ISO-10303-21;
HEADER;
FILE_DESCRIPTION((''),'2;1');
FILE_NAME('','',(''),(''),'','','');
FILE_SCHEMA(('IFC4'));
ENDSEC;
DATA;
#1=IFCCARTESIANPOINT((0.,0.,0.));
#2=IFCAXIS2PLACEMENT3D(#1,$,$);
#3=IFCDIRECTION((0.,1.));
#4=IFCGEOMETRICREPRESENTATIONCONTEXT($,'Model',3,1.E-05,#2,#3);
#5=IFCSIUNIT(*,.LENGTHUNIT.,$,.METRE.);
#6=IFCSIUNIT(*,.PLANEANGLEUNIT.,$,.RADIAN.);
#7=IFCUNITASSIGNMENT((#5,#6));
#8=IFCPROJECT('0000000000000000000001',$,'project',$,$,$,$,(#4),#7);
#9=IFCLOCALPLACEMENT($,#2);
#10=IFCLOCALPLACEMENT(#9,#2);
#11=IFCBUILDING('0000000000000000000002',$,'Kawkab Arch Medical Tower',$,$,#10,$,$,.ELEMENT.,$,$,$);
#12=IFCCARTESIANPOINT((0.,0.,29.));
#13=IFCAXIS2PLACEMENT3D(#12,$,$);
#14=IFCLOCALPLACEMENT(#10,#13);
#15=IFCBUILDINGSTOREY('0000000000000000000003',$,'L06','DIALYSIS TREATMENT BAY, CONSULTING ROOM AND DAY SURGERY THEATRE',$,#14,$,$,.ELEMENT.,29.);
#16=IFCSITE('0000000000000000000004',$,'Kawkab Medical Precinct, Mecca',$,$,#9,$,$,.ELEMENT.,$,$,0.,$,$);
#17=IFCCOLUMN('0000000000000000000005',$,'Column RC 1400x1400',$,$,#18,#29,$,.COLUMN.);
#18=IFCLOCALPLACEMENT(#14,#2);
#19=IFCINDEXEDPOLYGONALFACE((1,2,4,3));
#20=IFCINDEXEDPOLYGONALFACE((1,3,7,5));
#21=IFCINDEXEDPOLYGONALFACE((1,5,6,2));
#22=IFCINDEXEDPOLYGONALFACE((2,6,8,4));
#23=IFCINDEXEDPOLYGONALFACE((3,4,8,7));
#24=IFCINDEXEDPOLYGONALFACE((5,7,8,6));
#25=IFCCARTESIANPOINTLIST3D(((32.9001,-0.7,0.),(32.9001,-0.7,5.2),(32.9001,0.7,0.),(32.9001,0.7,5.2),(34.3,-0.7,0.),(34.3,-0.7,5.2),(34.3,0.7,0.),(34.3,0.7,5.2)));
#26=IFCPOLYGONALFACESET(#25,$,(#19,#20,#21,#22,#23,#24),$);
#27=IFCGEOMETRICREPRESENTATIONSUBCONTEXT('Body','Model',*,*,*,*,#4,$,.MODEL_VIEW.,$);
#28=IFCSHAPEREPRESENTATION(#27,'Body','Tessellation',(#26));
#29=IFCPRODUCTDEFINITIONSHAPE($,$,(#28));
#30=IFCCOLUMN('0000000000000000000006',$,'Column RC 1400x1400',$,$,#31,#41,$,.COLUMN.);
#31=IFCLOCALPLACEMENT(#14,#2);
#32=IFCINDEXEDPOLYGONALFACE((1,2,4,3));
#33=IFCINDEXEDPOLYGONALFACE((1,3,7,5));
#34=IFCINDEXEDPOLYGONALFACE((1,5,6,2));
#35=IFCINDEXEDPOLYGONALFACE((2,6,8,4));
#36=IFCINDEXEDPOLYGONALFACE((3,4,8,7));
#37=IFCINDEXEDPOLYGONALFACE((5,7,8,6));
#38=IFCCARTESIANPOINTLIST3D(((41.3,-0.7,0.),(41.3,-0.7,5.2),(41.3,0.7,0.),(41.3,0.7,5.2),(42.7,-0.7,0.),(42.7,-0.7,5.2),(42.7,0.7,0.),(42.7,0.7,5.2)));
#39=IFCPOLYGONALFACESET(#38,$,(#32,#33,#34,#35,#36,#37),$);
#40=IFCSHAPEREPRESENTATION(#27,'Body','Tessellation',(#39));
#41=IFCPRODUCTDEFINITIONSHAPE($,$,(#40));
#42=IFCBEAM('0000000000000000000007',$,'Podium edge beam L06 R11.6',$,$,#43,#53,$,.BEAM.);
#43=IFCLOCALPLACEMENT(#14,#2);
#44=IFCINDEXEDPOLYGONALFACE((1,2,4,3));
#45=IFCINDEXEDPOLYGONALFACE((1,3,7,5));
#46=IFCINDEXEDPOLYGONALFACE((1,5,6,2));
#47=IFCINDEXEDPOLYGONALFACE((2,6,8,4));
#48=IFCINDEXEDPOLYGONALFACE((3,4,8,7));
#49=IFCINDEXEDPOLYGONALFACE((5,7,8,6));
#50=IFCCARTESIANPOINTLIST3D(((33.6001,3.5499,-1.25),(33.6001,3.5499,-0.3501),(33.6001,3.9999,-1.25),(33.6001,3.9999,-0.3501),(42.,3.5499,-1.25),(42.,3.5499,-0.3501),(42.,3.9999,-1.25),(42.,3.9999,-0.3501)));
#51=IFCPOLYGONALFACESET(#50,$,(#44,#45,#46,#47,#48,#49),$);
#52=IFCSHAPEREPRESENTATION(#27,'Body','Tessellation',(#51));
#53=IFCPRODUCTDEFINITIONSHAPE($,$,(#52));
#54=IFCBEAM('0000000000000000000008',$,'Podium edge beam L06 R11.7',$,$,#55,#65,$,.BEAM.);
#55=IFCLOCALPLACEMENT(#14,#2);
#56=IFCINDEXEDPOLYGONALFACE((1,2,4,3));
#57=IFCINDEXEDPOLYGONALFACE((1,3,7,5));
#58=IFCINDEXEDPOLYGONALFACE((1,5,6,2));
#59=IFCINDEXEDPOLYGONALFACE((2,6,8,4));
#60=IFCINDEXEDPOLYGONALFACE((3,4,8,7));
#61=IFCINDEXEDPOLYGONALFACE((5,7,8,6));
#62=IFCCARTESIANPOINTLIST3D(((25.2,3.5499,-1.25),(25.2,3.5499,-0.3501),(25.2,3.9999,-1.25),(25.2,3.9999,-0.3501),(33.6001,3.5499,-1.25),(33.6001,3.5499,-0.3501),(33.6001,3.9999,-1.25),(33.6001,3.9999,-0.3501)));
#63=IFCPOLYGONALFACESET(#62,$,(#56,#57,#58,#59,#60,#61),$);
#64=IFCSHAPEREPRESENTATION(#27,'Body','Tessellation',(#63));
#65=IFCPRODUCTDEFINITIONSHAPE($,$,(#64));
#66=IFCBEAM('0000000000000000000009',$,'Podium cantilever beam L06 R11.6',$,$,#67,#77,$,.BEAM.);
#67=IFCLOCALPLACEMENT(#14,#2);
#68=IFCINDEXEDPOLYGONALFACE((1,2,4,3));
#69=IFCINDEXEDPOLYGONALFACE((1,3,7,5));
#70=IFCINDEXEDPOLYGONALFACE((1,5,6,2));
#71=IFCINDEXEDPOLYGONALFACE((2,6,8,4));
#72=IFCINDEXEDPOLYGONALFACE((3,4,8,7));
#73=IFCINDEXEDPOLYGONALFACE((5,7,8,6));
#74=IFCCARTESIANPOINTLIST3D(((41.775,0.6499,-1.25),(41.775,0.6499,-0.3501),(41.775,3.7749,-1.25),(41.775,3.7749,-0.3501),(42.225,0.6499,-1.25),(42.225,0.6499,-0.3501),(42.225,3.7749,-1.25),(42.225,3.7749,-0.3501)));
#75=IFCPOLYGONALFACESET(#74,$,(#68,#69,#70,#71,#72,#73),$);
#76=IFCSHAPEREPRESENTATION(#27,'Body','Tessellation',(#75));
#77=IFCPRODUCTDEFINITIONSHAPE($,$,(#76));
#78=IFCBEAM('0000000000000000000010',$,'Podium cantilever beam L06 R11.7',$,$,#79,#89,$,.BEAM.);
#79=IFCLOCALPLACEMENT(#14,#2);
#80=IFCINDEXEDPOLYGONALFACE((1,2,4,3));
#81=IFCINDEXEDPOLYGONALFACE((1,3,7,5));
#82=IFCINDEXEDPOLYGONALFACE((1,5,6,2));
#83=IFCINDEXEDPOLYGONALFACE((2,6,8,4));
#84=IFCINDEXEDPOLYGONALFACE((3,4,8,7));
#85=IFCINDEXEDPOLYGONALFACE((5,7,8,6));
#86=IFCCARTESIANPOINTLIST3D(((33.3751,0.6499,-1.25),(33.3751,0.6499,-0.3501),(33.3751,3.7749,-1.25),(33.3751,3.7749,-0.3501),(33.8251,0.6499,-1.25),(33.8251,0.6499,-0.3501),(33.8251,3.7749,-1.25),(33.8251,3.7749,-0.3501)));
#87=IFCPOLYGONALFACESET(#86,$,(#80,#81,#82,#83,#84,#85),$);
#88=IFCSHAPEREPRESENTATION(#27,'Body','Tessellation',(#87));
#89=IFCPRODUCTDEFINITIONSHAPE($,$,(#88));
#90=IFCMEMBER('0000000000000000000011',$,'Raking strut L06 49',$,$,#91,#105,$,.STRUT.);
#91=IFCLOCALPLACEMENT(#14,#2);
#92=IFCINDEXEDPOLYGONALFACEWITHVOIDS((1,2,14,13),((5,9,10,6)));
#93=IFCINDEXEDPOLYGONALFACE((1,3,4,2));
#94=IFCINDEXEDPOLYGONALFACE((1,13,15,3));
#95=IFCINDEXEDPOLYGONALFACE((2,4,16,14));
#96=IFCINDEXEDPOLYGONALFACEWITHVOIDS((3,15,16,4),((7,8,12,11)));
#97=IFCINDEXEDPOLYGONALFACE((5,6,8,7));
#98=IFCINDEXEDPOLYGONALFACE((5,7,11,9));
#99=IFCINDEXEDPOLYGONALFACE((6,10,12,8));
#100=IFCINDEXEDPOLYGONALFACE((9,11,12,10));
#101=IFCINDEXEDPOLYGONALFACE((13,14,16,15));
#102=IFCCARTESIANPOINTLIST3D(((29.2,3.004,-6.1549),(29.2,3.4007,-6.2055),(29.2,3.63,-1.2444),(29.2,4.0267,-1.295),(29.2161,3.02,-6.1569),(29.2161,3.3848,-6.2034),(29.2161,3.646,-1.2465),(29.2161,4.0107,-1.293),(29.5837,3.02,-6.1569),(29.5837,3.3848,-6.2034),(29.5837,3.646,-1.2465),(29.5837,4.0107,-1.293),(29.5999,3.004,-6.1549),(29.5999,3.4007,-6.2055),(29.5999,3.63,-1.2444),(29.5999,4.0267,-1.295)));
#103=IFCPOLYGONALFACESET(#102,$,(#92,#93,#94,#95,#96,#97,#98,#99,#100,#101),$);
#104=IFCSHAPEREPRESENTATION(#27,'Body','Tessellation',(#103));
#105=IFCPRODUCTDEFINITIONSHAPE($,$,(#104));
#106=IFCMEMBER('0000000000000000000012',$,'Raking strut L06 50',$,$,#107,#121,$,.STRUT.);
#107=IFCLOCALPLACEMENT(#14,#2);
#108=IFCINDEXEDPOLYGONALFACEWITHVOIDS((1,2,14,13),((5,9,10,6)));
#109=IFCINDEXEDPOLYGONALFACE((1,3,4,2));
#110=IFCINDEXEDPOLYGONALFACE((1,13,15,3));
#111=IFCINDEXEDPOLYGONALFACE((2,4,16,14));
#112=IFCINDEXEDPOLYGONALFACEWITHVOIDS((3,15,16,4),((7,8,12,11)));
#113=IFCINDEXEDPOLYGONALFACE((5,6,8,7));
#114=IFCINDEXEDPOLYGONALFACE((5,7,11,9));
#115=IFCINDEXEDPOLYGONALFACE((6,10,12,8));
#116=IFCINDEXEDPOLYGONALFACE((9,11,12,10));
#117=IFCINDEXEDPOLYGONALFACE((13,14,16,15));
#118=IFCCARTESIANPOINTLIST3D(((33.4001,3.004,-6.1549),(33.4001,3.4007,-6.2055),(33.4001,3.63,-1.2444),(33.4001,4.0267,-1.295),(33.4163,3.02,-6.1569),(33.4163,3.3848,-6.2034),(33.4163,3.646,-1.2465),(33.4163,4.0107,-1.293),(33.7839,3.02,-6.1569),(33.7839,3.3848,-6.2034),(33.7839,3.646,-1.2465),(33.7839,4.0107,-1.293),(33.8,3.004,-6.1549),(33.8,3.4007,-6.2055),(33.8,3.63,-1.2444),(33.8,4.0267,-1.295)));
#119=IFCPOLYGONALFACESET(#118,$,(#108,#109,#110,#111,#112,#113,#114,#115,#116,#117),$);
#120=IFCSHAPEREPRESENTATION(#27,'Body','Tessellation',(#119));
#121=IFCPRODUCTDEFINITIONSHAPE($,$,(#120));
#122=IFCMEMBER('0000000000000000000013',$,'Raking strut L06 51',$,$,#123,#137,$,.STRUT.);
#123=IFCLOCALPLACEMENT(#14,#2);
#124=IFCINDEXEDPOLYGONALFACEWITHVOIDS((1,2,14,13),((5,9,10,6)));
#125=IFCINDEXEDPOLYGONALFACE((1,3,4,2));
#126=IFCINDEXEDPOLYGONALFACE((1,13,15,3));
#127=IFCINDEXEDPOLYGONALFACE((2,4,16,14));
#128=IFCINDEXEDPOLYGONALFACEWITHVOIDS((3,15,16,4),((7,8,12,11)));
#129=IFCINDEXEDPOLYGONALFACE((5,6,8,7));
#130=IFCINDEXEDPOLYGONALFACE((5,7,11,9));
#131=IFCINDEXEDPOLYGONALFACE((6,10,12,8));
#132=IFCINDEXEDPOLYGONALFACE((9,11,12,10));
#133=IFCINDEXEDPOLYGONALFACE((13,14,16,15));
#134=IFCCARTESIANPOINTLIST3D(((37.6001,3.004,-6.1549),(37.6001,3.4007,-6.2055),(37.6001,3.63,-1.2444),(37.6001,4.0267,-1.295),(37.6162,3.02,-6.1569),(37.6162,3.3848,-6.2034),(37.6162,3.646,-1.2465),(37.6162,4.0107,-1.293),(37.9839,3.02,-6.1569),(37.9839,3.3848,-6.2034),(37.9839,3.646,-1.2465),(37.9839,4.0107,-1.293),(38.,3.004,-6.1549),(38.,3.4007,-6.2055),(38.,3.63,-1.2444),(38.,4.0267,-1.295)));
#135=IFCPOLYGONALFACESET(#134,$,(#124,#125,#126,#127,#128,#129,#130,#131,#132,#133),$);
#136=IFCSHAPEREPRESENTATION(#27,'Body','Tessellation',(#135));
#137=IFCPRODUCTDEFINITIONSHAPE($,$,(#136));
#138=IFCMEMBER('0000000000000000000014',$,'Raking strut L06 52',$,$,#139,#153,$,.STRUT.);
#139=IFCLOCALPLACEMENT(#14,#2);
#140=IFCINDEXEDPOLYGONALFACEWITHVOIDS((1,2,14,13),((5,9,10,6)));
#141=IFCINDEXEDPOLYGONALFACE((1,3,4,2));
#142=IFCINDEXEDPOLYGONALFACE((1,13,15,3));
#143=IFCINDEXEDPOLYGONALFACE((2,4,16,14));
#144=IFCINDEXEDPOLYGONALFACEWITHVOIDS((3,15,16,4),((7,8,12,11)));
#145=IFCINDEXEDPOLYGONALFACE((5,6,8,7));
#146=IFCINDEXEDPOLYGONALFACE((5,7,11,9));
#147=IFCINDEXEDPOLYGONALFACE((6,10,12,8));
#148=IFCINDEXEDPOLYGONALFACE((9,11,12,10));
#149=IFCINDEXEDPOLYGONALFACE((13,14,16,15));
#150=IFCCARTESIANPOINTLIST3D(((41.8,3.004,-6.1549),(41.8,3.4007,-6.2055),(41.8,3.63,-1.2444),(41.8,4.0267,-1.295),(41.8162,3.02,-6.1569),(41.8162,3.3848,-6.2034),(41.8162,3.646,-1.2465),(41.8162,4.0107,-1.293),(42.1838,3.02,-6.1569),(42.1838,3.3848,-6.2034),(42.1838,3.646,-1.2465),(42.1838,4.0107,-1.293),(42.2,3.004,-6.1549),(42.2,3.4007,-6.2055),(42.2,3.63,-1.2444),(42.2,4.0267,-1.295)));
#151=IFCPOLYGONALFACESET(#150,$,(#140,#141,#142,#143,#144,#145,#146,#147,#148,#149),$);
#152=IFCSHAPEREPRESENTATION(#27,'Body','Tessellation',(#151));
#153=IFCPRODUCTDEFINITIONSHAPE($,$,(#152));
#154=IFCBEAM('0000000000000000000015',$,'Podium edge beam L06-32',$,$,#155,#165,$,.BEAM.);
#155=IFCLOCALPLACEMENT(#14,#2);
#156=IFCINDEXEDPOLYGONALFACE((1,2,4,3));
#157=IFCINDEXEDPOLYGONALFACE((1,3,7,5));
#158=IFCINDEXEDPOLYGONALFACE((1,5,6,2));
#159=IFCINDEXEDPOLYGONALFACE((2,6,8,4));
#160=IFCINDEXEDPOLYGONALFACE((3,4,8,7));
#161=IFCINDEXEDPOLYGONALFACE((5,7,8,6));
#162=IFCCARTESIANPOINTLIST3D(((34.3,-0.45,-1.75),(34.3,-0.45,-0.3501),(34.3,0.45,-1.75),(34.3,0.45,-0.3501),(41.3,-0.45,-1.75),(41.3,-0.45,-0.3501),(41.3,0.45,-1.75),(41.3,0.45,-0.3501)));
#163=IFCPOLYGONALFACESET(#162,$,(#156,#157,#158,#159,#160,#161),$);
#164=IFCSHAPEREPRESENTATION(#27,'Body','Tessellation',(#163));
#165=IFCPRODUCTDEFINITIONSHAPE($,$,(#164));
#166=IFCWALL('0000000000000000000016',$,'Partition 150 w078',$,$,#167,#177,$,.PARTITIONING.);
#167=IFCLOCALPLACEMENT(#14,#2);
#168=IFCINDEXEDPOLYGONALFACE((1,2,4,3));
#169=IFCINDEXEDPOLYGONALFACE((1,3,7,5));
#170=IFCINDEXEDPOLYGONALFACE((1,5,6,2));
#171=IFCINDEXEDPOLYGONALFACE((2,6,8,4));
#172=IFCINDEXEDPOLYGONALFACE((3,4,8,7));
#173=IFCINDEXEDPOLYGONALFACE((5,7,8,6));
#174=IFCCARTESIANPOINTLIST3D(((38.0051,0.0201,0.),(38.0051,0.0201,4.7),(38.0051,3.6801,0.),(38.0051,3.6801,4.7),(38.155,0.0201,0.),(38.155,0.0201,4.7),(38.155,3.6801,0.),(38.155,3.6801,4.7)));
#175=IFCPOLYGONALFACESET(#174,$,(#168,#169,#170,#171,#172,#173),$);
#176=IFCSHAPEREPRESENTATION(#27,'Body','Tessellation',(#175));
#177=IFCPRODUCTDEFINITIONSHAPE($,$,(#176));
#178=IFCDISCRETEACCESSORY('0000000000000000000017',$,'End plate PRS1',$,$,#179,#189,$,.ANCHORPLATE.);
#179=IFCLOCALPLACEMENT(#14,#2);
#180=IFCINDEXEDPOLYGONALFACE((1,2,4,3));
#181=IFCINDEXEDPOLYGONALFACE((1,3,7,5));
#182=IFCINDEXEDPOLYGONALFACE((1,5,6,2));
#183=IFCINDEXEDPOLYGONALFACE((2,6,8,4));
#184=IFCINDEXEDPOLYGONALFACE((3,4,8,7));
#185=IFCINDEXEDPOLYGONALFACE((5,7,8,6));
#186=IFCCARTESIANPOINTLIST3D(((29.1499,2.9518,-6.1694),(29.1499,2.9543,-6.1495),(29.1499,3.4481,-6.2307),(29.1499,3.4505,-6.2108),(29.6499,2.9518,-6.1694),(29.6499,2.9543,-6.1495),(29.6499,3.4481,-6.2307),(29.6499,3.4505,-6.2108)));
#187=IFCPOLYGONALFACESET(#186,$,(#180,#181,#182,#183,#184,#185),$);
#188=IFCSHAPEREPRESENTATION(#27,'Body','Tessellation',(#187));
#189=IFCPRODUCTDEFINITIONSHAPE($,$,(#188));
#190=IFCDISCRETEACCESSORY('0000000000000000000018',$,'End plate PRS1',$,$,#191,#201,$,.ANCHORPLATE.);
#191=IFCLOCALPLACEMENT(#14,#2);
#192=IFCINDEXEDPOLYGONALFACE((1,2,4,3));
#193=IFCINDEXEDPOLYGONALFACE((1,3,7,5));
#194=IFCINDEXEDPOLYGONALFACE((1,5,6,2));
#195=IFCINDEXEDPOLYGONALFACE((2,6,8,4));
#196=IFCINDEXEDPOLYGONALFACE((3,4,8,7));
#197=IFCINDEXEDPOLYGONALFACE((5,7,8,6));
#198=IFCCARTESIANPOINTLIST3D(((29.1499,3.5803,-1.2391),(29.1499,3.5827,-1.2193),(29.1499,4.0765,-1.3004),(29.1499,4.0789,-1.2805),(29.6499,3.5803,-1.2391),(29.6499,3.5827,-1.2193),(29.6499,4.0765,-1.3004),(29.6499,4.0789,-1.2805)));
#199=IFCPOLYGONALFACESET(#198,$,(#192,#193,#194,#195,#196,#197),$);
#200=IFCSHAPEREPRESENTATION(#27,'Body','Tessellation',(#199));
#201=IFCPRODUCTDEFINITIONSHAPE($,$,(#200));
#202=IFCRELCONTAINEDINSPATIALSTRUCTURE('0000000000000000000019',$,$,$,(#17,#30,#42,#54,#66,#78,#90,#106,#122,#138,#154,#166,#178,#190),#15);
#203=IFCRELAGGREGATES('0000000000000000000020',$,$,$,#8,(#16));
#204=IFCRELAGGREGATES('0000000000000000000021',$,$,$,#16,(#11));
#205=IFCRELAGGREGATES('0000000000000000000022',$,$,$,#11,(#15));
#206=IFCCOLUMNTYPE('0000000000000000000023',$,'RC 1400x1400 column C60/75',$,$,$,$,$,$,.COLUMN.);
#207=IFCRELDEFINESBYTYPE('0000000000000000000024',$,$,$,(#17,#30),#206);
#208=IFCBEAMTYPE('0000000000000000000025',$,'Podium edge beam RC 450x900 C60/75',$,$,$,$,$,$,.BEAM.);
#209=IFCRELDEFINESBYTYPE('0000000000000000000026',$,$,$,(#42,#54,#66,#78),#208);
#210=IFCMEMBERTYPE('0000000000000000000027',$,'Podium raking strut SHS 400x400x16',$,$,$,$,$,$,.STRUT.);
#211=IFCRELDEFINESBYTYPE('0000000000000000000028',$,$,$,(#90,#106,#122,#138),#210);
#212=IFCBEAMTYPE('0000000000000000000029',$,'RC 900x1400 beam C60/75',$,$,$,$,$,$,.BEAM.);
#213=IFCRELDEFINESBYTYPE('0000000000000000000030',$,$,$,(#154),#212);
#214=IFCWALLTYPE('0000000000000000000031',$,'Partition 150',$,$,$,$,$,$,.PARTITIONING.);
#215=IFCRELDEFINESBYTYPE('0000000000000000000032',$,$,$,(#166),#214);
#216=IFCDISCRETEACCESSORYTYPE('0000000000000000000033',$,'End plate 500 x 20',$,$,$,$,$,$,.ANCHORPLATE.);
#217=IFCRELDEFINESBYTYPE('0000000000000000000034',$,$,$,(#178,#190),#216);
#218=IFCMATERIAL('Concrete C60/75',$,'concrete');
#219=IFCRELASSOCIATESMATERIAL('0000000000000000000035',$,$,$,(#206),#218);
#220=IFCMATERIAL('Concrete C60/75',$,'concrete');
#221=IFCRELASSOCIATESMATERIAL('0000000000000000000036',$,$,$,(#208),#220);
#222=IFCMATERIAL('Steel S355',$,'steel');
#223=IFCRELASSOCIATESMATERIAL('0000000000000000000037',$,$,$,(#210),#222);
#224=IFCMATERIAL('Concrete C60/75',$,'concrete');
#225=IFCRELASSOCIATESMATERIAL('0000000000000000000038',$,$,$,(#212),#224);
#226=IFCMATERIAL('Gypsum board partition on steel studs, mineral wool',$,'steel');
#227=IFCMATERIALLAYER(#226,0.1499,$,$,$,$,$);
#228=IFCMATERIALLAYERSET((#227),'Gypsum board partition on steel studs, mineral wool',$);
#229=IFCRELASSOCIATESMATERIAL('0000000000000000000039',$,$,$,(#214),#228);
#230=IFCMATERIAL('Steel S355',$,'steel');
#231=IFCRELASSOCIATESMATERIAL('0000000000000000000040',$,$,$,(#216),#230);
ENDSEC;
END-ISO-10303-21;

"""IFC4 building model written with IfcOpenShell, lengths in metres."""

from ifc_helpers import new_model, si_unit, direction, frame, frame_2d, origin, origin_2d, place, context, subcontext, project, spatial, rectangle, hollow_rectangle, extrude, material, layer, layer_set, material_profile, profile_set, type_object, element, save


model = new_model("IFC4")

# Units and contexts
model_context = context("Model", 3, precision=1e-05, world=origin(), true_north=direction((0.0, 1.0)))
body_context = subcontext(model_context, "Body", "Model", "MODEL_VIEW")
ifc_project = project(units=[si_unit("LENGTHUNIT", "METRE"), si_unit("PLANEANGLEUNIT", "RADIAN")], contexts=[model_context])

# Site, building, storey
site_placement = place(None, origin())
site = spatial("IfcSite", under=ifc_project, at=site_placement, Name="Kawkab Medical Precinct, Mecca", CompositionType="ELEMENT", RefElevation=0.0)
building_placement = place(site_placement, origin())
building = spatial("IfcBuilding", under=site, at=building_placement, Name="Kawkab Arch Medical Tower", CompositionType="ELEMENT")
storey_placement = place(building_placement, frame((0.0, 0.0, 29.0)))
storey = spatial("IfcBuildingStorey", under=building, at=storey_placement, Name="L06", Description="DIALYSIS TREATMENT BAY, CONSULTING ROOM AND DAY SURGERY THEATRE", CompositionType="ELEMENT", Elevation=29.0)

# Columns
ifc_material_1 = material(Name="Concrete C60/75", Category="concrete")
ifc_material_profile_1 = material_profile(ifc_material_1, rectangle(XDim=1.3999, YDim=1.3999, at=origin_2d()), Name="RC 1400x1400")
ifc_profile_set_1 = profile_set([ifc_material_profile_1], Name="Concrete C60/75")
column_type = type_object("IfcColumnType", Name="RC 1400x1400 column C60/75", PredefinedType="COLUMN", material=ifc_profile_set_1)
for number, where, z_axis, x_axis, name in (
    (1, (33.6001, 0.0, 0.0), (0.0, 0.0, 1.0), (1.0, 0.0, 0.0), "Column RC 1400x1400"),
    (2, (42.0, 0.0, 0.0), (0.0, 0.0, 1.0), (1.0, 0.0, 0.0), "Column RC 1400x1400"),
):
    element("IfcColumn", number, at=place(storey_placement, frame(where, z_axis=z_axis, x_axis=x_axis)), inside=storey, type_object=column_type, Name=name, PredefinedType="COLUMN", context=body_context, shape_type="SweptSolid", body=[
        extrude(rectangle(XDim=1.3999, YDim=1.3999, at=origin_2d()), origin(), (0.0, 0.0, 1.0), 5.2),
    ])

# Beams
ifc_material_2 = material(Name="Concrete C60/75", Category="concrete")
ifc_material_profile_2 = material_profile(ifc_material_2, rectangle(XDim=0.45, YDim=0.8999, at=origin_2d()), Name="RC 450x900")
ifc_profile_set_2 = profile_set([ifc_material_profile_2], Name="Concrete C60/75")
beam_type_1 = type_object("IfcBeamType", Name="Podium edge beam RC 450x900 C60/75", PredefinedType="BEAM", material=ifc_profile_set_2)
beam_1_placement = place(storey_placement, frame((42.0, 3.7749, -0.8), z_axis=(-1.0, 0.0, 0.0), x_axis=(0.0, -1.0, 0.0)))
element("IfcBeam", 3, at=beam_1_placement, inside=storey, type_object=beam_type_1, Name="Podium edge beam L06 R11.6", PredefinedType="BEAM", context=body_context, shape_type="SweptSolid", body=[
    extrude(rectangle(XDim=0.45, YDim=0.8999, at=origin_2d()), origin(), (0.0, 0.0, 1.0), 8.3999),
])
beam_2_placement = place(storey_placement, frame((33.6001, 3.7749, -0.8), z_axis=(-1.0, 0.0, 0.0), x_axis=(0.0, -1.0, 0.0)))
element("IfcBeam", 4, at=beam_2_placement, inside=storey, type_object=beam_type_1, Name="Podium edge beam L06 R11.7", PredefinedType="BEAM", context=body_context, shape_type="SweptSolid", body=[
    extrude(rectangle(XDim=0.45, YDim=0.8999, at=origin_2d()), origin(), (0.0, 0.0, 1.0), 8.4001),
])
for number, where, z_axis, x_axis, name in (
    (5, (42.0, 0.6499, -0.8), (0.0, 1.0, 0.0), (-1.0, 0.0, 0.0), "Podium cantilever beam L06 R11.6"),
    (6, (33.6001, 0.6499, -0.8), (0.0, 1.0, 0.0), (-1.0, 0.0, 0.0), "Podium cantilever beam L06 R11.7"),
):
    element("IfcBeam", number, at=place(storey_placement, frame(where, z_axis=z_axis, x_axis=x_axis)), inside=storey, type_object=beam_type_1, Name=name, PredefinedType="BEAM", context=body_context, shape_type="SweptSolid", body=[
        extrude(rectangle(XDim=0.45, YDim=0.8999, at=origin_2d()), origin(), (0.0, 0.0, 1.0), 3.125),
    ])

# Members
ifc_material_3 = material(Name="Steel S355", Category="steel")
ifc_material_profile_3 = material_profile(ifc_material_3, hollow_rectangle(XDim=0.3999, YDim=0.3999, WallThickness=0.0161, at=origin_2d()), Name="SHS 400x400x16")
ifc_profile_set_3 = profile_set([ifc_material_profile_3], Name="Steel S355")
member_type = type_object("IfcMemberType", Name="Podium raking strut SHS 400x400x16", PredefinedType="STRUT", material=ifc_profile_set_3)
for number, where, z_axis, x_axis, name in (
    (7, (29.3999, 3.2024, -6.1802), (0.0, 0.126456, 0.991972), (-1.0, 0.0, 0.0), "Raking strut L06 49"),
    (8, (33.6001, 3.2024, -6.1802), (0.0, 0.126456, 0.991972), (-1.0, 0.0, 0.0), "Raking strut L06 50"),
    (9, (37.8, 3.2024, -6.1802), (0.0, 0.126456, 0.991972), (-1.0, 0.0, 0.0), "Raking strut L06 51"),
    (10, (42.0, 3.2024, -6.1802), (0.0, 0.126456, 0.991972), (-1.0, 0.0, 0.0), "Raking strut L06 52"),
):
    element("IfcMember", number, at=place(storey_placement, frame(where, z_axis=z_axis, x_axis=x_axis)), inside=storey, type_object=member_type, Name=name, PredefinedType="STRUT", context=body_context, shape_type="SweptSolid", body=[
        extrude(hollow_rectangle(XDim=0.3999, YDim=0.3999, WallThickness=0.0161, at=origin_2d()), origin(), (0.0, 0.0, 1.0), 4.9502),
    ])

# Beam
ifc_material_4 = material(Name="Concrete C60/75", Category="concrete")
ifc_material_profile_4 = material_profile(ifc_material_4, rectangle(XDim=0.8999, YDim=1.3999, at=origin_2d()), Name="RC 900x1400")
ifc_profile_set_4 = profile_set([ifc_material_profile_4], Name="Concrete C60/75")
beam_type_2 = type_object("IfcBeamType", Name="RC 900x1400 beam C60/75", PredefinedType="BEAM", material=ifc_profile_set_4)
beam_3_placement = place(storey_placement, frame((41.3, 0.0, -1.05), z_axis=(-1.0, 0.0, 0.0), x_axis=(0.0, -1.0, 0.0)))
element("IfcBeam", 11, at=beam_3_placement, inside=storey, type_object=beam_type_2, Name="Podium edge beam L06-32", PredefinedType="BEAM", context=body_context, shape_type="SweptSolid", body=[
    extrude(rectangle(XDim=0.8999, YDim=1.3999, at=origin_2d()), origin(), (0.0, 0.0, 1.0), 7.0),
])

# Wall
ifc_material_5 = material(Name="Gypsum board partition on steel studs, mineral wool", Category="steel")
ifc_layer = layer(ifc_material_5, 0.1499)
ifc_layer_set = layer_set([ifc_layer], Name="Gypsum board partition on steel studs, mineral wool")
wall_type = type_object("IfcWallType", Name="Partition 150", PredefinedType="PARTITIONING", material=ifc_layer_set)
wall_placement = place(storey_placement, frame((38.0801, 0.02, 0.0), z_axis=(0.0, 0.0, 1.0), x_axis=(0.0, 1.0, 0.0)))
element("IfcWall", 12, at=wall_placement, inside=storey, type_object=wall_type, Name="Partition 150 w078", PredefinedType="PARTITIONING", context=body_context, shape_type="SweptSolid", body=[
    extrude(rectangle(XDim=3.6599, YDim=0.1499, at=frame_2d((1.8301, 0.0))), origin(), (0.0, 0.0, 1.0), 4.7),
])

# Discrete accessories
ifc_material_6 = material(Name="Steel S355", Category="steel")
ifc_material_profile_5 = material_profile(ifc_material_6, rectangle(XDim=0.5, YDim=0.5, at=origin_2d()), Name="End plate 500 x 20")
ifc_profile_set_5 = profile_set([ifc_material_profile_5], Name="Steel S355")
discrete_accessory_type = type_object("IfcDiscreteAccessoryType", Name="End plate 500 x 20", PredefinedType="ANCHORPLATE", material=ifc_profile_set_5)
for number, where, z_axis, x_axis, name in (
    (13, (29.3999, 3.2024, -6.1802), (0.0, -0.122527, -0.992465), (1.0, 0.0, 0.0), "End plate PRS1"),
    (14, (29.3999, 3.8284, -1.2698), (0.0, 0.122527, 0.992465), (-1.0, 0.0, 0.0), "End plate PRS1"),
):
    element("IfcDiscreteAccessory", number, at=place(storey_placement, frame(where, z_axis=z_axis, x_axis=x_axis)), inside=storey, type_object=discrete_accessory_type, Name=name, PredefinedType="ANCHORPLATE", context=body_context, shape_type="SweptSolid", body=[
        extrude(rectangle(XDim=0.5, YDim=0.5, at=origin_2d()), origin(), (0.0, 0.0, 1.0), 0.02),
    ])

save(model, "model.ifc")
